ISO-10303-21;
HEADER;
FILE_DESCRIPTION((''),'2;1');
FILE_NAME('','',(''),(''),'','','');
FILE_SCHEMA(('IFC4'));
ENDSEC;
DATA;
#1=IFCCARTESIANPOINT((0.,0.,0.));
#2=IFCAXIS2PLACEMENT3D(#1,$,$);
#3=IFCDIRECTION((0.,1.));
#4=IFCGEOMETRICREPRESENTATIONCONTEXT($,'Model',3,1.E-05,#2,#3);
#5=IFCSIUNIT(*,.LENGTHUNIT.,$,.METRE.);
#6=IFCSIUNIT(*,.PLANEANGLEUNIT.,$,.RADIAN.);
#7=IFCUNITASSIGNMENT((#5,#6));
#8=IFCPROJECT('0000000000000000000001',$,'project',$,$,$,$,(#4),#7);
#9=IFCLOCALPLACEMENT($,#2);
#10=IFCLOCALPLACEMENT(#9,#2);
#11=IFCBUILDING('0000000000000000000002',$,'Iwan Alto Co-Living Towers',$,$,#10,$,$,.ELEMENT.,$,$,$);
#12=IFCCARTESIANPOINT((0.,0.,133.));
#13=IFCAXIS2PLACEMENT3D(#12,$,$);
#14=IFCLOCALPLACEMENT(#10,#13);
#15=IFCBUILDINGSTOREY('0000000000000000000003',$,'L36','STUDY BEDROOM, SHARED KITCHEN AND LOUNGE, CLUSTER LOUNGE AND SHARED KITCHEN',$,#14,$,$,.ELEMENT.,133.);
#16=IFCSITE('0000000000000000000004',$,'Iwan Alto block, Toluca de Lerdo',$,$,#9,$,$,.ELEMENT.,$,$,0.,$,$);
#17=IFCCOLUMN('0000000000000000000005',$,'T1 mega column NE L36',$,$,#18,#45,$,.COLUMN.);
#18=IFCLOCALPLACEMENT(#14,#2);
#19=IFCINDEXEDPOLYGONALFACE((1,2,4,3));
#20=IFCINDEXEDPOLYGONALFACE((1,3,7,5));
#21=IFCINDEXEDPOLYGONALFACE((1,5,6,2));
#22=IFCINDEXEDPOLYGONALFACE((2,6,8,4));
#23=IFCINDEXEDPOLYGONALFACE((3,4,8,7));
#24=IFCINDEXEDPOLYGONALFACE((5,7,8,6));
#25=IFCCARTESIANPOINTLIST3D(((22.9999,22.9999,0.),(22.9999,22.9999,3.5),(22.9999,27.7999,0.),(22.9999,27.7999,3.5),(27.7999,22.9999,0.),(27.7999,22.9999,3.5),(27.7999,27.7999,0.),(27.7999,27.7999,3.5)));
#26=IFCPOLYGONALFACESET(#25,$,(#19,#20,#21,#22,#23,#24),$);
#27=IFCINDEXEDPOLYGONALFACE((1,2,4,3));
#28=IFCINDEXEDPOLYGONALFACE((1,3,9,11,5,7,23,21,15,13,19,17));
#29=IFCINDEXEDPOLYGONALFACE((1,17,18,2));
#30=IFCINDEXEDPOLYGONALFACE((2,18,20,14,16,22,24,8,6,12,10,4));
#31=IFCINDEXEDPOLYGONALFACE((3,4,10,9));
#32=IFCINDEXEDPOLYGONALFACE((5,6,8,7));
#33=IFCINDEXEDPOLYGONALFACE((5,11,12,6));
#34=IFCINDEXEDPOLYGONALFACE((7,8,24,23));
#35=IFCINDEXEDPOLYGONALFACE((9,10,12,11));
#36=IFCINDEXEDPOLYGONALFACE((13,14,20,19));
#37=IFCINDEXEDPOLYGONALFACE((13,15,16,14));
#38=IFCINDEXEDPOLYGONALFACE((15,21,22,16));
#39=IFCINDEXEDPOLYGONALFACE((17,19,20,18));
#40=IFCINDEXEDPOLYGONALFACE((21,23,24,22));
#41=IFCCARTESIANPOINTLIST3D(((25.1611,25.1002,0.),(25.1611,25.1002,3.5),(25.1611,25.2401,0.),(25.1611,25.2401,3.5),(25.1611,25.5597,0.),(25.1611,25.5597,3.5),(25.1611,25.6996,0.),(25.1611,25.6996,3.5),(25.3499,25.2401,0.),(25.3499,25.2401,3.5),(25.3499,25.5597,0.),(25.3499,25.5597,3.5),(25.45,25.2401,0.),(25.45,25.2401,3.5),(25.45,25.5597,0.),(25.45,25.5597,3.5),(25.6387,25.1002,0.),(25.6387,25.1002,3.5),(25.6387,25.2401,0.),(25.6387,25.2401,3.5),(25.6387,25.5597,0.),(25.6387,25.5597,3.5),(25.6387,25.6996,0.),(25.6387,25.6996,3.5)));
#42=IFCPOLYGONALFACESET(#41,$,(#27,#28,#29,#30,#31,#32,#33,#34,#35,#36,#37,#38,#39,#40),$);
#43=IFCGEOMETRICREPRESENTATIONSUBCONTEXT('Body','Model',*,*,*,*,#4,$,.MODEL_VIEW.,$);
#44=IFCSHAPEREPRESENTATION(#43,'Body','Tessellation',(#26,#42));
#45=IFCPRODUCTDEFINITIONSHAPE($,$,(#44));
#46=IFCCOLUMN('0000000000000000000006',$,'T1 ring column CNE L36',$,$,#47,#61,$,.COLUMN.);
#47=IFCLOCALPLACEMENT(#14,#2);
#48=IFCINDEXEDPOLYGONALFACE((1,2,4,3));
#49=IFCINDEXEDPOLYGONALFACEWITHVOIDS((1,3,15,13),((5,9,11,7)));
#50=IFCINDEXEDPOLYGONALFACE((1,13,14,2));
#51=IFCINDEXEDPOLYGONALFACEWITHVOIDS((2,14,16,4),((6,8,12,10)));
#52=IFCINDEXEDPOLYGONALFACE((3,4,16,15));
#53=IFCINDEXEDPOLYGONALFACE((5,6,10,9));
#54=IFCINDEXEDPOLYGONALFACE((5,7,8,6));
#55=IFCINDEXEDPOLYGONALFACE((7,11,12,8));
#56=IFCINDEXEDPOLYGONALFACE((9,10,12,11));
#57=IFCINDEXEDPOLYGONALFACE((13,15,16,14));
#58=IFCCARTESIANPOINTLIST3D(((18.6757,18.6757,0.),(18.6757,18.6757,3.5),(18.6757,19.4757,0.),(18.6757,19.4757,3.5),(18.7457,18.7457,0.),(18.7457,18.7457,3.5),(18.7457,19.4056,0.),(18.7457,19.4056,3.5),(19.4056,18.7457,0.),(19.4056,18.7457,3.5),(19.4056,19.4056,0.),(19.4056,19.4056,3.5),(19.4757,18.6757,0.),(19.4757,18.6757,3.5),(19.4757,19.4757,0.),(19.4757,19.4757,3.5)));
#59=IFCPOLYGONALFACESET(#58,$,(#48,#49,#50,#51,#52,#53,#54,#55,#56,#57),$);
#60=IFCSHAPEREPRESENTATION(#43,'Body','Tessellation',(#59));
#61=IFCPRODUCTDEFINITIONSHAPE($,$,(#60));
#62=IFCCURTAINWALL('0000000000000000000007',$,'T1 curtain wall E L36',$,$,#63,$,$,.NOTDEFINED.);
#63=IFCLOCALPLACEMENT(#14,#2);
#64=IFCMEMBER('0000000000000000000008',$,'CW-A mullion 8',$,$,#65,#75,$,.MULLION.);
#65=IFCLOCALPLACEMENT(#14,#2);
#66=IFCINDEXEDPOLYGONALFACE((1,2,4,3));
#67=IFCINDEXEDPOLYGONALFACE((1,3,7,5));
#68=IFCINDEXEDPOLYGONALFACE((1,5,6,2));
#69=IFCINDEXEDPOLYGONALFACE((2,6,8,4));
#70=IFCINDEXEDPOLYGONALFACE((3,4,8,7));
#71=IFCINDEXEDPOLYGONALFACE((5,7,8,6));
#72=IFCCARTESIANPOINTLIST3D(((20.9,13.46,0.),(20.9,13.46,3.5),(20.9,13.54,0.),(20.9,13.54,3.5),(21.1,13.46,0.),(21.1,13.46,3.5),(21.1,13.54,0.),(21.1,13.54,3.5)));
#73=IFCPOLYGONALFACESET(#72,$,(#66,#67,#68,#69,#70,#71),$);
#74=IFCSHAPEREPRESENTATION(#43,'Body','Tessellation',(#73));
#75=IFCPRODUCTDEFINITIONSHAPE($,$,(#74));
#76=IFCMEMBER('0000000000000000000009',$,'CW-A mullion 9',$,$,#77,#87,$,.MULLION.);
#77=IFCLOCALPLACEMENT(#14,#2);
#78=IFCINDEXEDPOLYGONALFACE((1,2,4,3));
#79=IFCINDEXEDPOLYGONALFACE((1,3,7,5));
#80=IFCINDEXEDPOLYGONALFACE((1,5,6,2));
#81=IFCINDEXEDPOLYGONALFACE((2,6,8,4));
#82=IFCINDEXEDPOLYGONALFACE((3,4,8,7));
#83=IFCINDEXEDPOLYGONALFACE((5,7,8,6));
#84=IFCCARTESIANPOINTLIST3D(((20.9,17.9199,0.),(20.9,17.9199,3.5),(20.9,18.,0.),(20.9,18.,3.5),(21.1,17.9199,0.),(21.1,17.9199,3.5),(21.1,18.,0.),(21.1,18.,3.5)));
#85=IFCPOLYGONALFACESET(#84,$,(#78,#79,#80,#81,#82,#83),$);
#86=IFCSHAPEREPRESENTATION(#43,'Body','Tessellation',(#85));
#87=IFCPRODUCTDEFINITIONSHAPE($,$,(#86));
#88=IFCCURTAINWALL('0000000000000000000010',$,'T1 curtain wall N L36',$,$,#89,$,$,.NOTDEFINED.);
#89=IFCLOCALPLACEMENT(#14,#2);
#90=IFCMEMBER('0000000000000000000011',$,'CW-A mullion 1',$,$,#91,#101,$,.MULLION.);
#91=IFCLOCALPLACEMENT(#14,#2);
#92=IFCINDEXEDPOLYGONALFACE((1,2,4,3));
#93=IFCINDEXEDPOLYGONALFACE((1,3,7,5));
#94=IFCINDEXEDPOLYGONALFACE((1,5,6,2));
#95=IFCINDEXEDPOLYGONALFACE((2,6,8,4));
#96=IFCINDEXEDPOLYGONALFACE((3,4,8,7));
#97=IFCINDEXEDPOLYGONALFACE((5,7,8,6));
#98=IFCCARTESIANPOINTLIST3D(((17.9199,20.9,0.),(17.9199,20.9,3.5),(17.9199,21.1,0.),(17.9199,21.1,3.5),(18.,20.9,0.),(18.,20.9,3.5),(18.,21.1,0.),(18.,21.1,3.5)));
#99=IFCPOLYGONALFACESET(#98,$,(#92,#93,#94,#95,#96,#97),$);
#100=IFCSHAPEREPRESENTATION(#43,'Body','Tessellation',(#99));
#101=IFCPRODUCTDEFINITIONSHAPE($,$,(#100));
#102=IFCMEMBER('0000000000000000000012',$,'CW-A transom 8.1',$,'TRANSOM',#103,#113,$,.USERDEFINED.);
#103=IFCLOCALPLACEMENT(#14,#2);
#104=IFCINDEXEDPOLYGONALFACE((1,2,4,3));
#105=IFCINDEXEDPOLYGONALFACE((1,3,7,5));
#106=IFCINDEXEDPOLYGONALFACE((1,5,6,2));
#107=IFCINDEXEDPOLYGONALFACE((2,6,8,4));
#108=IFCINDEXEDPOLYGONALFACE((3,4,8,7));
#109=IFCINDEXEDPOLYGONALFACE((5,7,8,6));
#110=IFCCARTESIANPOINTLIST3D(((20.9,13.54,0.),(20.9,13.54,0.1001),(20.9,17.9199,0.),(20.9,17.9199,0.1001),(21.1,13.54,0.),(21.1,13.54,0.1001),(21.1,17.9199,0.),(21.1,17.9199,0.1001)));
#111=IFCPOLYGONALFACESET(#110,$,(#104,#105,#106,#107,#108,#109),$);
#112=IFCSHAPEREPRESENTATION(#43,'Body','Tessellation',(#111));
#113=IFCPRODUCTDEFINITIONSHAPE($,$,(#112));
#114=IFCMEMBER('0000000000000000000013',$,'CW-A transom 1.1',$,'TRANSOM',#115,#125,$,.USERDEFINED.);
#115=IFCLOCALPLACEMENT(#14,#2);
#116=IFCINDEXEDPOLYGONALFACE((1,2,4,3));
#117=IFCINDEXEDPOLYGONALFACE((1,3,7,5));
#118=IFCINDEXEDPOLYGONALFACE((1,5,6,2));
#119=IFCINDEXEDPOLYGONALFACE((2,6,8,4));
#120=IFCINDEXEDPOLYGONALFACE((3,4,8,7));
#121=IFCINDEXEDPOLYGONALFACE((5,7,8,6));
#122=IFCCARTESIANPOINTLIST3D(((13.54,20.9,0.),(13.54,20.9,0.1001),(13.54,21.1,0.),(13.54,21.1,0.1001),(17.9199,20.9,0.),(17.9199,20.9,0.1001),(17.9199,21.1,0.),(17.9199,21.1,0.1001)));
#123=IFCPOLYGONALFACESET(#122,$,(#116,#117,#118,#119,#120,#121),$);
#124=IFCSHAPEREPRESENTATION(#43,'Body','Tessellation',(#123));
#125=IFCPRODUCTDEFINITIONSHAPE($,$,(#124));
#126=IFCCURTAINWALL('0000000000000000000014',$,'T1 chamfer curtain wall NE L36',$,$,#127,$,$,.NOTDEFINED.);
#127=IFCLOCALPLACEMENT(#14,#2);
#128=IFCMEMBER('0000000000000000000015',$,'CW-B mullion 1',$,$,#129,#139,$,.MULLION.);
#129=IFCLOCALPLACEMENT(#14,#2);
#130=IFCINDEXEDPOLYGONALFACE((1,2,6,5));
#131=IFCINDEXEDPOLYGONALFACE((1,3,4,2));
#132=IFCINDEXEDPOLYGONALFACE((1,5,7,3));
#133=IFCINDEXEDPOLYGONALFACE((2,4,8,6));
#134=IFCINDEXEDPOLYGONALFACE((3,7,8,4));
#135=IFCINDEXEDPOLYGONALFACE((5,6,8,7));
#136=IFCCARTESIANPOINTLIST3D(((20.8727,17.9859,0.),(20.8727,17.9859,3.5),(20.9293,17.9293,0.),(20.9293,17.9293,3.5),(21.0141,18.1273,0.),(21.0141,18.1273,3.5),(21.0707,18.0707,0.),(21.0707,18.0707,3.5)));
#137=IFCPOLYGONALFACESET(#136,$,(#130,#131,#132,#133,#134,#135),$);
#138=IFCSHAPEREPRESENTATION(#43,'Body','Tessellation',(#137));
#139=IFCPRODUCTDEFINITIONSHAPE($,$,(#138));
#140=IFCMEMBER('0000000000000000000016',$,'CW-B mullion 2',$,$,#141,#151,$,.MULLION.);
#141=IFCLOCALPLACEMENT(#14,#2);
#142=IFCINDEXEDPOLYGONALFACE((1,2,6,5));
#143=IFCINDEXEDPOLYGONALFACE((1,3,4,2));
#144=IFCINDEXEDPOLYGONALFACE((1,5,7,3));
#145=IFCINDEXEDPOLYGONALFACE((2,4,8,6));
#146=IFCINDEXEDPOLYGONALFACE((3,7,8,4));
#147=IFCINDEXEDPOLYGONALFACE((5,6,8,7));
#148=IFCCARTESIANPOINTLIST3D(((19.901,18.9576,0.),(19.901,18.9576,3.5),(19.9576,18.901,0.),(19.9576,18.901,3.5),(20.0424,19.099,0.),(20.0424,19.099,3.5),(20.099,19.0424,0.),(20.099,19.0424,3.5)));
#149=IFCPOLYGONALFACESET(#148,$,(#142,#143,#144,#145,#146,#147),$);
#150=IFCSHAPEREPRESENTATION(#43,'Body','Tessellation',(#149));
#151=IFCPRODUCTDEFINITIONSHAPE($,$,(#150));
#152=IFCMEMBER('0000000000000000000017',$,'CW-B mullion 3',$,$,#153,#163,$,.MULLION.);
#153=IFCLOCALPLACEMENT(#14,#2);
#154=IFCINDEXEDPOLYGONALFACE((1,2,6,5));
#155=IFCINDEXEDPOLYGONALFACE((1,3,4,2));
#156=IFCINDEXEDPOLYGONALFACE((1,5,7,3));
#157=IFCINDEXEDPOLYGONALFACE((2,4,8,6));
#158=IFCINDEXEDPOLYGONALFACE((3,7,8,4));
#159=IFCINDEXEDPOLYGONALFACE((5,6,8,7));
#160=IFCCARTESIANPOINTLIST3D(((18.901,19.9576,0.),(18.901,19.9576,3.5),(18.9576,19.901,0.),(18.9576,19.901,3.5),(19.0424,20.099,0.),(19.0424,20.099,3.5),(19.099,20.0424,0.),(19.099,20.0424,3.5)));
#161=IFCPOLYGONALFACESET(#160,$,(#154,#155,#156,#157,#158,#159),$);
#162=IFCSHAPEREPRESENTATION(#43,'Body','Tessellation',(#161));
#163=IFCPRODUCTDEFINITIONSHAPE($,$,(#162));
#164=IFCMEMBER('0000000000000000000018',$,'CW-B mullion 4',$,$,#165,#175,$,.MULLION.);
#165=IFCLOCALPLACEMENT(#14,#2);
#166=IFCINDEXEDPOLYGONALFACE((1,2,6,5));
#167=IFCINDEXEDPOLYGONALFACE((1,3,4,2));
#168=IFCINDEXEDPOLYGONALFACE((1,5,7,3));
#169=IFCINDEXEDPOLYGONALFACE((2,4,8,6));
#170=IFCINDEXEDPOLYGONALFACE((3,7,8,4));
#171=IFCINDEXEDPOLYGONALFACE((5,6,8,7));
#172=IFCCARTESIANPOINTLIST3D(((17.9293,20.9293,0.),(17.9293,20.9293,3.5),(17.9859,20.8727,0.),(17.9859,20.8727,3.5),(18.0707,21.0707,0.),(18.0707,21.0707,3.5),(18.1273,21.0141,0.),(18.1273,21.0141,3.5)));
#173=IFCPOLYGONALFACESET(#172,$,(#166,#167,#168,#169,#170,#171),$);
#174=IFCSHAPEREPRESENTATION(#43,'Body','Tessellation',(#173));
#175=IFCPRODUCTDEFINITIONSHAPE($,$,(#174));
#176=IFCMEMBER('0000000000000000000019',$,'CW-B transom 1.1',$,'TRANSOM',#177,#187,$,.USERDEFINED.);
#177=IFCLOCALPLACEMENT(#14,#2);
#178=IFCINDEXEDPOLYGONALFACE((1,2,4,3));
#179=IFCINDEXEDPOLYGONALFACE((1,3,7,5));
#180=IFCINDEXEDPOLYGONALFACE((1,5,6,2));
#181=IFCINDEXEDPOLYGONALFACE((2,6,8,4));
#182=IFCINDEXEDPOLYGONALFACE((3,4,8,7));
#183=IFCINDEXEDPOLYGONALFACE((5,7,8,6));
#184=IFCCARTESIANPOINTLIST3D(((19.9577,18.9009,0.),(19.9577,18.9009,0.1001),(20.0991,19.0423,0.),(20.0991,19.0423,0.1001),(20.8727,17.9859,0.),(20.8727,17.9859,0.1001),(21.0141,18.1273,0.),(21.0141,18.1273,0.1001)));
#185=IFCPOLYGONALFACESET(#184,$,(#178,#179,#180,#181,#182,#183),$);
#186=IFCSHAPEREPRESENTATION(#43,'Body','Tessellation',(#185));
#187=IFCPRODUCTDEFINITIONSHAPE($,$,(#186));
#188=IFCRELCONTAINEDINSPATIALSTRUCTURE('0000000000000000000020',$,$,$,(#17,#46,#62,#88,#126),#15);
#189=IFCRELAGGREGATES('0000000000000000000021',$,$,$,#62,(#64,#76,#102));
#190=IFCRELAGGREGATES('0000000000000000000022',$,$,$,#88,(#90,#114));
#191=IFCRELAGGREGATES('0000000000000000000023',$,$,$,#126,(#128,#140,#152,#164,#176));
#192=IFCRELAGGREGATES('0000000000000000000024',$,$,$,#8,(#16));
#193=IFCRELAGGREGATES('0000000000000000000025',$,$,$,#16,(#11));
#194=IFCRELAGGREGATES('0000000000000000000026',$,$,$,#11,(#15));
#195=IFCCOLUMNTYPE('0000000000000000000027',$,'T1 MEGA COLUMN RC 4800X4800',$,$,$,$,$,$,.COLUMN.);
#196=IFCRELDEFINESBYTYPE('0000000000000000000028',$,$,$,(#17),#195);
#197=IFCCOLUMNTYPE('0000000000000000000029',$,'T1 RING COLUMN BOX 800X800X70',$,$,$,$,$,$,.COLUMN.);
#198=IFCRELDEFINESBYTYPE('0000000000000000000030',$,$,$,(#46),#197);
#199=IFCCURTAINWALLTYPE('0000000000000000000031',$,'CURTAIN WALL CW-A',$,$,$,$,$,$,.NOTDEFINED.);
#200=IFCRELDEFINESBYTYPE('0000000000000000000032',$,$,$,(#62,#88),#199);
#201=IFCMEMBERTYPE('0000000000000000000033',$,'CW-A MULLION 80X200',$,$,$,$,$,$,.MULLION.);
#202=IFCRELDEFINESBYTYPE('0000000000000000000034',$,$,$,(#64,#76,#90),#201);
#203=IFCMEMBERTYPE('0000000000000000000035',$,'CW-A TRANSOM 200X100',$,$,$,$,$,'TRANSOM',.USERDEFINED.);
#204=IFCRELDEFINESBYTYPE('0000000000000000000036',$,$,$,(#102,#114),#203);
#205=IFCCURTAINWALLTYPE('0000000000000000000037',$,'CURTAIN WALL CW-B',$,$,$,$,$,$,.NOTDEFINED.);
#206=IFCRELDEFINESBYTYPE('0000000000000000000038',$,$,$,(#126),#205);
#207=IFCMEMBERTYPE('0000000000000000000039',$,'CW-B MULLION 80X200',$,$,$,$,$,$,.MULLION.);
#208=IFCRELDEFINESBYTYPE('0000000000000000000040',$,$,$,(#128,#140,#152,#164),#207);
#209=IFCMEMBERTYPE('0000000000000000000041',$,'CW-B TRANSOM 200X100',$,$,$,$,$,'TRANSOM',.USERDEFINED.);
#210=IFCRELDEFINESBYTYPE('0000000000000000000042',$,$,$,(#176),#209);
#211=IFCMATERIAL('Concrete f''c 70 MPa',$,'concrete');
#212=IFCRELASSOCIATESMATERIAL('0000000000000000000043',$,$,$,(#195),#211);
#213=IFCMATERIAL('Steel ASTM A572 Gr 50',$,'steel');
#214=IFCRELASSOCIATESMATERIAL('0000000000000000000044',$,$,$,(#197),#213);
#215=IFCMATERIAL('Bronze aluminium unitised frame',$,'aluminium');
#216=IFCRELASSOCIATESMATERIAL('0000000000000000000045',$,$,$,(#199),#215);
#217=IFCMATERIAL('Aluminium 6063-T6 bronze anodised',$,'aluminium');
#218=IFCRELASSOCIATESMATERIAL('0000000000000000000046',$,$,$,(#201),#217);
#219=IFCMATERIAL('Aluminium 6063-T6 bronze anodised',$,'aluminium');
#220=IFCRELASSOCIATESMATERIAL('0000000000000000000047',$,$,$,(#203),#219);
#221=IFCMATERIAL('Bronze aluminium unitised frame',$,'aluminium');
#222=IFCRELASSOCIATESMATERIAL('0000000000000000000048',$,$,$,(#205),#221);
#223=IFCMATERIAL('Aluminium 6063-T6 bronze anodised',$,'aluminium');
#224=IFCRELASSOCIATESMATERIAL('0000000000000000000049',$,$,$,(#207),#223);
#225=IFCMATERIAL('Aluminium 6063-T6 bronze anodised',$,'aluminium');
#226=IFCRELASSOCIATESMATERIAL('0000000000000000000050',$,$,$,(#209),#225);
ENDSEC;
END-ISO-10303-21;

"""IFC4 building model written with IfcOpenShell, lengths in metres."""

from ifc_helpers import new_model, si_unit, direction, frame, origin, origin_2d, place, context, subcontext, project, spatial, rectangle, hollow_rectangle, i_section, extrude, material, material_profile, profile_set, type_object, element, aggregate, save


model = new_model("IFC4")

# Units and contexts
model_context = context("Model", 3, precision=1e-05, world=origin(), true_north=direction((0.0, 1.0)))
body_context = subcontext(model_context, "Body", "Model", "MODEL_VIEW")
ifc_project = project(units=[si_unit("LENGTHUNIT", "METRE"), si_unit("PLANEANGLEUNIT", "RADIAN")], contexts=[model_context])

# Site, building, storey
site_placement = place(None, origin())
site = spatial("IfcSite", under=ifc_project, at=site_placement, Name="Iwan Alto block, Toluca de Lerdo", CompositionType="ELEMENT", RefElevation=0.0)
building_placement = place(site_placement, origin())
building = spatial("IfcBuilding", under=site, at=building_placement, Name="Iwan Alto Co-Living Towers", CompositionType="ELEMENT")
storey_placement = place(building_placement, frame((0.0, 0.0, 133.0)))
storey = spatial("IfcBuildingStorey", under=building, at=storey_placement, Name="L36", Description="STUDY BEDROOM, SHARED KITCHEN AND LOUNGE, CLUSTER LOUNGE AND SHARED KITCHEN", CompositionType="ELEMENT", Elevation=133.0)

# Columns
ifc_material_1 = material(Name="Concrete f'c 70 MPa", Category="concrete")
ifc_material_profile_1 = material_profile(ifc_material_1, rectangle(XDim=4.8, YDim=4.8, at=origin_2d()), Name="RC 4800X4800")
ifc_profile_set_1 = profile_set([ifc_material_profile_1], Name="Concrete f'c 70 MPa")
column_type_1 = type_object("IfcColumnType", Name="T1 MEGA COLUMN RC 4800X4800", PredefinedType="COLUMN", material=ifc_profile_set_1)
column_1_placement = place(storey_placement, frame((25.3999, 25.3999, 0.0), z_axis=(0.0, 0.0, 1.0), x_axis=(1.0, 0.0, 0.0)))
element("IfcColumn", 1, at=column_1_placement, inside=storey, type_object=column_type_1, Name="T1 mega column NE L36", PredefinedType="COLUMN", context=body_context, shape_type="SweptSolid", body=[
    extrude(rectangle(XDim=4.8, YDim=4.8, at=origin_2d()), origin(), (0.0, 0.0, 1.0), 3.5),
    extrude(i_section(OverallWidth=0.4775, OverallDepth=0.5994, WebThickness=0.1001, FlangeThickness=0.1399, at=origin_2d()), origin(), (0.0, 0.0, 1.0), 3.5),
])
ifc_material_2 = material(Name="Steel ASTM A572 Gr 50", Category="steel")
ifc_material_profile_2 = material_profile(ifc_material_2, hollow_rectangle(XDim=0.8, YDim=0.8, WallThickness=0.0701, at=origin_2d()), Name="BOX 800X800X70")
ifc_profile_set_2 = profile_set([ifc_material_profile_2], Name="Steel ASTM A572 Gr 50")
column_type_2 = type_object("IfcColumnType", Name="T1 RING COLUMN BOX 800X800X70", PredefinedType="COLUMN", material=ifc_profile_set_2)
column_2_placement = place(storey_placement, frame((19.0757, 19.0757, 0.0), z_axis=(0.0, 0.0, 1.0), x_axis=(1.0, 0.0, 0.0)))
element("IfcColumn", 2, at=column_2_placement, inside=storey, type_object=column_type_2, Name="T1 ring column CNE L36", PredefinedType="COLUMN", context=body_context, shape_type="SweptSolid", body=[
    extrude(hollow_rectangle(XDim=0.8, YDim=0.8, WallThickness=0.0701, at=origin_2d()), origin(), (0.0, 0.0, 1.0), 3.5),
])

# Curtain wall, members
ifc_material_3 = material(Name="Bronze aluminium unitised frame", Category="aluminium")
curtain_wall_type_1 = type_object("IfcCurtainWallType", Name="CURTAIN WALL CW-A", PredefinedType="NOTDEFINED", material=ifc_material_3)
curtain_wall_1_placement = place(storey_placement, origin())
curtain_wall_1 = element("IfcCurtainWall", 3, at=curtain_wall_1_placement, inside=storey, type_object=curtain_wall_type_1, Name="T1 curtain wall E L36", PredefinedType="NOTDEFINED")
ifc_material_4 = material(Name="Aluminium 6063-T6 bronze anodised", Category="aluminium")
ifc_material_profile_3 = material_profile(ifc_material_4, rectangle(XDim=0.2, YDim=0.0801, at=origin_2d()), Name="AL 80X200")
ifc_profile_set_3 = profile_set([ifc_material_profile_3], Name="Aluminium 6063-T6 bronze anodised")
member_type_1 = type_object("IfcMemberType", Name="CW-A MULLION 80X200", PredefinedType="MULLION", material=ifc_profile_set_3)
member_1_placement = place(storey_placement, frame((21.0, 13.5, 0.0), z_axis=(0.0, 0.0, 1.0), x_axis=(-1.0, 0.0, 0.0)))
member_1 = element("IfcMember", 4, at=member_1_placement, type_object=member_type_1, Name="CW-A mullion 8", PredefinedType="MULLION", context=body_context, shape_type="SweptSolid", body=[
    extrude(rectangle(XDim=0.2, YDim=0.0801, at=origin_2d()), origin(), (0.0, 0.0, 1.0), 3.5),
])
member_2_placement = place(storey_placement, frame((21.0, 17.96, 0.0), z_axis=(0.0, 0.0, 1.0), x_axis=(-1.0, 0.0, 0.0)))
member_2 = element("IfcMember", 5, at=member_2_placement, type_object=member_type_1, Name="CW-A mullion 9", PredefinedType="MULLION", context=body_context, shape_type="SweptSolid", body=[
    extrude(rectangle(XDim=0.2, YDim=0.0801, at=origin_2d()), origin(), (0.0, 0.0, 1.0), 3.5),
])

# Curtain wall, member
curtain_wall_2_placement = place(storey_placement, origin())
curtain_wall_2 = element("IfcCurtainWall", 6, at=curtain_wall_2_placement, inside=storey, type_object=curtain_wall_type_1, Name="T1 curtain wall N L36", PredefinedType="NOTDEFINED")
member_3_placement = place(storey_placement, frame((17.96, 21.0, 0.0), z_axis=(0.0, 0.0, 1.0), x_axis=(0.0, -1.0, 0.0)))
member_3 = element("IfcMember", 7, at=member_3_placement, type_object=member_type_1, Name="CW-A mullion 1", PredefinedType="MULLION", context=body_context, shape_type="SweptSolid", body=[
    extrude(rectangle(XDim=0.2, YDim=0.0801, at=origin_2d()), origin(), (0.0, 0.0, 1.0), 3.5),
])

# Members
ifc_material_5 = material(Name="Aluminium 6063-T6 bronze anodised", Category="aluminium")
ifc_material_profile_4 = material_profile(ifc_material_5, rectangle(XDim=0.2, YDim=0.1001, at=origin_2d()), Name="AL 200X100")
ifc_profile_set_4 = profile_set([ifc_material_profile_4], Name="Aluminium 6063-T6 bronze anodised")
member_type_2 = type_object("IfcMemberType", Name="CW-A TRANSOM 200X100", ElementType="TRANSOM", PredefinedType="USERDEFINED", material=ifc_profile_set_4)
member_4_placement = place(storey_placement, frame((21.0, 13.54, 0.05), z_axis=(0.0, 1.0, 0.0), x_axis=(-1.0, 0.0, 0.0)))
member_4 = element("IfcMember", 8, at=member_4_placement, type_object=member_type_2, Name="CW-A transom 8.1", ObjectType="TRANSOM", PredefinedType="USERDEFINED", context=body_context, shape_type="SweptSolid", body=[
    extrude(rectangle(XDim=0.2, YDim=0.1001, at=origin_2d()), origin(), (0.0, 0.0, 1.0), 4.3799),
])
member_5_placement = place(storey_placement, frame((17.9199, 21.0, 0.05), z_axis=(-1.0, 0.0, 0.0), x_axis=(0.0, -1.0, 0.0)))
member_5 = element("IfcMember", 9, at=member_5_placement, type_object=member_type_2, Name="CW-A transom 1.1", ObjectType="TRANSOM", PredefinedType="USERDEFINED", context=body_context, shape_type="SweptSolid", body=[
    extrude(rectangle(XDim=0.2, YDim=0.1001, at=origin_2d()), origin(), (0.0, 0.0, 1.0), 4.3799),
])

# Curtain wall, members
ifc_material_6 = material(Name="Bronze aluminium unitised frame", Category="aluminium")
curtain_wall_type_2 = type_object("IfcCurtainWallType", Name="CURTAIN WALL CW-B", PredefinedType="NOTDEFINED", material=ifc_material_6)
curtain_wall_3_placement = place(storey_placement, origin())
curtain_wall_3 = element("IfcCurtainWall", 10, at=curtain_wall_3_placement, inside=storey, type_object=curtain_wall_type_2, Name="T1 chamfer curtain wall NE L36", PredefinedType="NOTDEFINED")
ifc_material_7 = material(Name="Aluminium 6063-T6 bronze anodised", Category="aluminium")
ifc_material_profile_5 = material_profile(ifc_material_7, rectangle(XDim=0.2, YDim=0.0801, at=origin_2d()), Name="AL 80X200")
ifc_profile_set_5 = profile_set([ifc_material_profile_5], Name="Aluminium 6063-T6 bronze anodised")
member_type_3 = type_object("IfcMemberType", Name="CW-B MULLION 80X200", PredefinedType="MULLION", material=ifc_profile_set_5)
member_6_placement = place(storey_placement, frame((20.9717, 18.0283, 0.0), z_axis=(0.0, 0.0, 1.0), x_axis=(-0.707107, -0.707107, 0.0)))
member_6 = element("IfcMember", 11, at=member_6_placement, type_object=member_type_3, Name="CW-B mullion 1", PredefinedType="MULLION", context=body_context, shape_type="SweptSolid", body=[
    extrude(rectangle(XDim=0.2, YDim=0.0801, at=origin_2d()), origin(), (0.0, 0.0, 1.0), 3.5),
])
member_7_placement = place(storey_placement, frame((20.0, 19.0, 0.0), z_axis=(0.0, 0.0, 1.0), x_axis=(-0.707107, -0.707107, 0.0)))
member_7 = element("IfcMember", 12, at=member_7_placement, type_object=member_type_3, Name="CW-B mullion 2", PredefinedType="MULLION", context=body_context, shape_type="SweptSolid", body=[
    extrude(rectangle(XDim=0.2, YDim=0.0801, at=origin_2d()), origin(), (0.0, 0.0, 1.0), 3.5),
])
member_8_placement = place(storey_placement, frame((19.0, 20.0, 0.0), z_axis=(0.0, 0.0, 1.0), x_axis=(-0.707107, -0.707107, 0.0)))
member_8 = element("IfcMember", 13, at=member_8_placement, type_object=member_type_3, Name="CW-B mullion 3", PredefinedType="MULLION", context=body_context, shape_type="SweptSolid", body=[
    extrude(rectangle(XDim=0.2, YDim=0.0801, at=origin_2d()), origin(), (0.0, 0.0, 1.0), 3.5),
])
member_9_placement = place(storey_placement, frame((18.0283, 20.9717, 0.0), z_axis=(0.0, 0.0, 1.0), x_axis=(-0.707107, -0.707107, 0.0)))
member_9 = element("IfcMember", 14, at=member_9_placement, type_object=member_type_3, Name="CW-B mullion 4", PredefinedType="MULLION", context=body_context, shape_type="SweptSolid", body=[
    extrude(rectangle(XDim=0.2, YDim=0.0801, at=origin_2d()), origin(), (0.0, 0.0, 1.0), 3.5),
])
ifc_material_8 = material(Name="Aluminium 6063-T6 bronze anodised", Category="aluminium")
ifc_material_profile_6 = material_profile(ifc_material_8, rectangle(XDim=0.2, YDim=0.1001, at=origin_2d()), Name="AL 200X100")
ifc_profile_set_6 = profile_set([ifc_material_profile_6], Name="Aluminium 6063-T6 bronze anodised")
member_type_4 = type_object("IfcMemberType", Name="CW-B TRANSOM 200X100", ElementType="TRANSOM", PredefinedType="USERDEFINED", material=ifc_profile_set_6)
member_10_placement = place(storey_placement, frame((20.9434, 18.0566, 0.05), z_axis=(-0.707107, 0.707107, 0.0), x_axis=(-0.707107, -0.707107, 0.0)))
member_10 = element("IfcMember", 15, at=member_10_placement, type_object=member_type_4, Name="CW-B transom 1.1", ObjectType="TRANSOM", PredefinedType="USERDEFINED", context=body_context, shape_type="SweptSolid", body=[
    extrude(rectangle(XDim=0.2, YDim=0.1001, at=origin_2d()), origin(), (0.0, 0.0, 1.0), 1.2939),
])

aggregate(curtain_wall_1, [member_1, member_2, member_4])
aggregate(curtain_wall_2, [member_3, member_5])
aggregate(curtain_wall_3, [member_6, member_7, member_8, member_9, member_10])

save(model, "model.ifc")
